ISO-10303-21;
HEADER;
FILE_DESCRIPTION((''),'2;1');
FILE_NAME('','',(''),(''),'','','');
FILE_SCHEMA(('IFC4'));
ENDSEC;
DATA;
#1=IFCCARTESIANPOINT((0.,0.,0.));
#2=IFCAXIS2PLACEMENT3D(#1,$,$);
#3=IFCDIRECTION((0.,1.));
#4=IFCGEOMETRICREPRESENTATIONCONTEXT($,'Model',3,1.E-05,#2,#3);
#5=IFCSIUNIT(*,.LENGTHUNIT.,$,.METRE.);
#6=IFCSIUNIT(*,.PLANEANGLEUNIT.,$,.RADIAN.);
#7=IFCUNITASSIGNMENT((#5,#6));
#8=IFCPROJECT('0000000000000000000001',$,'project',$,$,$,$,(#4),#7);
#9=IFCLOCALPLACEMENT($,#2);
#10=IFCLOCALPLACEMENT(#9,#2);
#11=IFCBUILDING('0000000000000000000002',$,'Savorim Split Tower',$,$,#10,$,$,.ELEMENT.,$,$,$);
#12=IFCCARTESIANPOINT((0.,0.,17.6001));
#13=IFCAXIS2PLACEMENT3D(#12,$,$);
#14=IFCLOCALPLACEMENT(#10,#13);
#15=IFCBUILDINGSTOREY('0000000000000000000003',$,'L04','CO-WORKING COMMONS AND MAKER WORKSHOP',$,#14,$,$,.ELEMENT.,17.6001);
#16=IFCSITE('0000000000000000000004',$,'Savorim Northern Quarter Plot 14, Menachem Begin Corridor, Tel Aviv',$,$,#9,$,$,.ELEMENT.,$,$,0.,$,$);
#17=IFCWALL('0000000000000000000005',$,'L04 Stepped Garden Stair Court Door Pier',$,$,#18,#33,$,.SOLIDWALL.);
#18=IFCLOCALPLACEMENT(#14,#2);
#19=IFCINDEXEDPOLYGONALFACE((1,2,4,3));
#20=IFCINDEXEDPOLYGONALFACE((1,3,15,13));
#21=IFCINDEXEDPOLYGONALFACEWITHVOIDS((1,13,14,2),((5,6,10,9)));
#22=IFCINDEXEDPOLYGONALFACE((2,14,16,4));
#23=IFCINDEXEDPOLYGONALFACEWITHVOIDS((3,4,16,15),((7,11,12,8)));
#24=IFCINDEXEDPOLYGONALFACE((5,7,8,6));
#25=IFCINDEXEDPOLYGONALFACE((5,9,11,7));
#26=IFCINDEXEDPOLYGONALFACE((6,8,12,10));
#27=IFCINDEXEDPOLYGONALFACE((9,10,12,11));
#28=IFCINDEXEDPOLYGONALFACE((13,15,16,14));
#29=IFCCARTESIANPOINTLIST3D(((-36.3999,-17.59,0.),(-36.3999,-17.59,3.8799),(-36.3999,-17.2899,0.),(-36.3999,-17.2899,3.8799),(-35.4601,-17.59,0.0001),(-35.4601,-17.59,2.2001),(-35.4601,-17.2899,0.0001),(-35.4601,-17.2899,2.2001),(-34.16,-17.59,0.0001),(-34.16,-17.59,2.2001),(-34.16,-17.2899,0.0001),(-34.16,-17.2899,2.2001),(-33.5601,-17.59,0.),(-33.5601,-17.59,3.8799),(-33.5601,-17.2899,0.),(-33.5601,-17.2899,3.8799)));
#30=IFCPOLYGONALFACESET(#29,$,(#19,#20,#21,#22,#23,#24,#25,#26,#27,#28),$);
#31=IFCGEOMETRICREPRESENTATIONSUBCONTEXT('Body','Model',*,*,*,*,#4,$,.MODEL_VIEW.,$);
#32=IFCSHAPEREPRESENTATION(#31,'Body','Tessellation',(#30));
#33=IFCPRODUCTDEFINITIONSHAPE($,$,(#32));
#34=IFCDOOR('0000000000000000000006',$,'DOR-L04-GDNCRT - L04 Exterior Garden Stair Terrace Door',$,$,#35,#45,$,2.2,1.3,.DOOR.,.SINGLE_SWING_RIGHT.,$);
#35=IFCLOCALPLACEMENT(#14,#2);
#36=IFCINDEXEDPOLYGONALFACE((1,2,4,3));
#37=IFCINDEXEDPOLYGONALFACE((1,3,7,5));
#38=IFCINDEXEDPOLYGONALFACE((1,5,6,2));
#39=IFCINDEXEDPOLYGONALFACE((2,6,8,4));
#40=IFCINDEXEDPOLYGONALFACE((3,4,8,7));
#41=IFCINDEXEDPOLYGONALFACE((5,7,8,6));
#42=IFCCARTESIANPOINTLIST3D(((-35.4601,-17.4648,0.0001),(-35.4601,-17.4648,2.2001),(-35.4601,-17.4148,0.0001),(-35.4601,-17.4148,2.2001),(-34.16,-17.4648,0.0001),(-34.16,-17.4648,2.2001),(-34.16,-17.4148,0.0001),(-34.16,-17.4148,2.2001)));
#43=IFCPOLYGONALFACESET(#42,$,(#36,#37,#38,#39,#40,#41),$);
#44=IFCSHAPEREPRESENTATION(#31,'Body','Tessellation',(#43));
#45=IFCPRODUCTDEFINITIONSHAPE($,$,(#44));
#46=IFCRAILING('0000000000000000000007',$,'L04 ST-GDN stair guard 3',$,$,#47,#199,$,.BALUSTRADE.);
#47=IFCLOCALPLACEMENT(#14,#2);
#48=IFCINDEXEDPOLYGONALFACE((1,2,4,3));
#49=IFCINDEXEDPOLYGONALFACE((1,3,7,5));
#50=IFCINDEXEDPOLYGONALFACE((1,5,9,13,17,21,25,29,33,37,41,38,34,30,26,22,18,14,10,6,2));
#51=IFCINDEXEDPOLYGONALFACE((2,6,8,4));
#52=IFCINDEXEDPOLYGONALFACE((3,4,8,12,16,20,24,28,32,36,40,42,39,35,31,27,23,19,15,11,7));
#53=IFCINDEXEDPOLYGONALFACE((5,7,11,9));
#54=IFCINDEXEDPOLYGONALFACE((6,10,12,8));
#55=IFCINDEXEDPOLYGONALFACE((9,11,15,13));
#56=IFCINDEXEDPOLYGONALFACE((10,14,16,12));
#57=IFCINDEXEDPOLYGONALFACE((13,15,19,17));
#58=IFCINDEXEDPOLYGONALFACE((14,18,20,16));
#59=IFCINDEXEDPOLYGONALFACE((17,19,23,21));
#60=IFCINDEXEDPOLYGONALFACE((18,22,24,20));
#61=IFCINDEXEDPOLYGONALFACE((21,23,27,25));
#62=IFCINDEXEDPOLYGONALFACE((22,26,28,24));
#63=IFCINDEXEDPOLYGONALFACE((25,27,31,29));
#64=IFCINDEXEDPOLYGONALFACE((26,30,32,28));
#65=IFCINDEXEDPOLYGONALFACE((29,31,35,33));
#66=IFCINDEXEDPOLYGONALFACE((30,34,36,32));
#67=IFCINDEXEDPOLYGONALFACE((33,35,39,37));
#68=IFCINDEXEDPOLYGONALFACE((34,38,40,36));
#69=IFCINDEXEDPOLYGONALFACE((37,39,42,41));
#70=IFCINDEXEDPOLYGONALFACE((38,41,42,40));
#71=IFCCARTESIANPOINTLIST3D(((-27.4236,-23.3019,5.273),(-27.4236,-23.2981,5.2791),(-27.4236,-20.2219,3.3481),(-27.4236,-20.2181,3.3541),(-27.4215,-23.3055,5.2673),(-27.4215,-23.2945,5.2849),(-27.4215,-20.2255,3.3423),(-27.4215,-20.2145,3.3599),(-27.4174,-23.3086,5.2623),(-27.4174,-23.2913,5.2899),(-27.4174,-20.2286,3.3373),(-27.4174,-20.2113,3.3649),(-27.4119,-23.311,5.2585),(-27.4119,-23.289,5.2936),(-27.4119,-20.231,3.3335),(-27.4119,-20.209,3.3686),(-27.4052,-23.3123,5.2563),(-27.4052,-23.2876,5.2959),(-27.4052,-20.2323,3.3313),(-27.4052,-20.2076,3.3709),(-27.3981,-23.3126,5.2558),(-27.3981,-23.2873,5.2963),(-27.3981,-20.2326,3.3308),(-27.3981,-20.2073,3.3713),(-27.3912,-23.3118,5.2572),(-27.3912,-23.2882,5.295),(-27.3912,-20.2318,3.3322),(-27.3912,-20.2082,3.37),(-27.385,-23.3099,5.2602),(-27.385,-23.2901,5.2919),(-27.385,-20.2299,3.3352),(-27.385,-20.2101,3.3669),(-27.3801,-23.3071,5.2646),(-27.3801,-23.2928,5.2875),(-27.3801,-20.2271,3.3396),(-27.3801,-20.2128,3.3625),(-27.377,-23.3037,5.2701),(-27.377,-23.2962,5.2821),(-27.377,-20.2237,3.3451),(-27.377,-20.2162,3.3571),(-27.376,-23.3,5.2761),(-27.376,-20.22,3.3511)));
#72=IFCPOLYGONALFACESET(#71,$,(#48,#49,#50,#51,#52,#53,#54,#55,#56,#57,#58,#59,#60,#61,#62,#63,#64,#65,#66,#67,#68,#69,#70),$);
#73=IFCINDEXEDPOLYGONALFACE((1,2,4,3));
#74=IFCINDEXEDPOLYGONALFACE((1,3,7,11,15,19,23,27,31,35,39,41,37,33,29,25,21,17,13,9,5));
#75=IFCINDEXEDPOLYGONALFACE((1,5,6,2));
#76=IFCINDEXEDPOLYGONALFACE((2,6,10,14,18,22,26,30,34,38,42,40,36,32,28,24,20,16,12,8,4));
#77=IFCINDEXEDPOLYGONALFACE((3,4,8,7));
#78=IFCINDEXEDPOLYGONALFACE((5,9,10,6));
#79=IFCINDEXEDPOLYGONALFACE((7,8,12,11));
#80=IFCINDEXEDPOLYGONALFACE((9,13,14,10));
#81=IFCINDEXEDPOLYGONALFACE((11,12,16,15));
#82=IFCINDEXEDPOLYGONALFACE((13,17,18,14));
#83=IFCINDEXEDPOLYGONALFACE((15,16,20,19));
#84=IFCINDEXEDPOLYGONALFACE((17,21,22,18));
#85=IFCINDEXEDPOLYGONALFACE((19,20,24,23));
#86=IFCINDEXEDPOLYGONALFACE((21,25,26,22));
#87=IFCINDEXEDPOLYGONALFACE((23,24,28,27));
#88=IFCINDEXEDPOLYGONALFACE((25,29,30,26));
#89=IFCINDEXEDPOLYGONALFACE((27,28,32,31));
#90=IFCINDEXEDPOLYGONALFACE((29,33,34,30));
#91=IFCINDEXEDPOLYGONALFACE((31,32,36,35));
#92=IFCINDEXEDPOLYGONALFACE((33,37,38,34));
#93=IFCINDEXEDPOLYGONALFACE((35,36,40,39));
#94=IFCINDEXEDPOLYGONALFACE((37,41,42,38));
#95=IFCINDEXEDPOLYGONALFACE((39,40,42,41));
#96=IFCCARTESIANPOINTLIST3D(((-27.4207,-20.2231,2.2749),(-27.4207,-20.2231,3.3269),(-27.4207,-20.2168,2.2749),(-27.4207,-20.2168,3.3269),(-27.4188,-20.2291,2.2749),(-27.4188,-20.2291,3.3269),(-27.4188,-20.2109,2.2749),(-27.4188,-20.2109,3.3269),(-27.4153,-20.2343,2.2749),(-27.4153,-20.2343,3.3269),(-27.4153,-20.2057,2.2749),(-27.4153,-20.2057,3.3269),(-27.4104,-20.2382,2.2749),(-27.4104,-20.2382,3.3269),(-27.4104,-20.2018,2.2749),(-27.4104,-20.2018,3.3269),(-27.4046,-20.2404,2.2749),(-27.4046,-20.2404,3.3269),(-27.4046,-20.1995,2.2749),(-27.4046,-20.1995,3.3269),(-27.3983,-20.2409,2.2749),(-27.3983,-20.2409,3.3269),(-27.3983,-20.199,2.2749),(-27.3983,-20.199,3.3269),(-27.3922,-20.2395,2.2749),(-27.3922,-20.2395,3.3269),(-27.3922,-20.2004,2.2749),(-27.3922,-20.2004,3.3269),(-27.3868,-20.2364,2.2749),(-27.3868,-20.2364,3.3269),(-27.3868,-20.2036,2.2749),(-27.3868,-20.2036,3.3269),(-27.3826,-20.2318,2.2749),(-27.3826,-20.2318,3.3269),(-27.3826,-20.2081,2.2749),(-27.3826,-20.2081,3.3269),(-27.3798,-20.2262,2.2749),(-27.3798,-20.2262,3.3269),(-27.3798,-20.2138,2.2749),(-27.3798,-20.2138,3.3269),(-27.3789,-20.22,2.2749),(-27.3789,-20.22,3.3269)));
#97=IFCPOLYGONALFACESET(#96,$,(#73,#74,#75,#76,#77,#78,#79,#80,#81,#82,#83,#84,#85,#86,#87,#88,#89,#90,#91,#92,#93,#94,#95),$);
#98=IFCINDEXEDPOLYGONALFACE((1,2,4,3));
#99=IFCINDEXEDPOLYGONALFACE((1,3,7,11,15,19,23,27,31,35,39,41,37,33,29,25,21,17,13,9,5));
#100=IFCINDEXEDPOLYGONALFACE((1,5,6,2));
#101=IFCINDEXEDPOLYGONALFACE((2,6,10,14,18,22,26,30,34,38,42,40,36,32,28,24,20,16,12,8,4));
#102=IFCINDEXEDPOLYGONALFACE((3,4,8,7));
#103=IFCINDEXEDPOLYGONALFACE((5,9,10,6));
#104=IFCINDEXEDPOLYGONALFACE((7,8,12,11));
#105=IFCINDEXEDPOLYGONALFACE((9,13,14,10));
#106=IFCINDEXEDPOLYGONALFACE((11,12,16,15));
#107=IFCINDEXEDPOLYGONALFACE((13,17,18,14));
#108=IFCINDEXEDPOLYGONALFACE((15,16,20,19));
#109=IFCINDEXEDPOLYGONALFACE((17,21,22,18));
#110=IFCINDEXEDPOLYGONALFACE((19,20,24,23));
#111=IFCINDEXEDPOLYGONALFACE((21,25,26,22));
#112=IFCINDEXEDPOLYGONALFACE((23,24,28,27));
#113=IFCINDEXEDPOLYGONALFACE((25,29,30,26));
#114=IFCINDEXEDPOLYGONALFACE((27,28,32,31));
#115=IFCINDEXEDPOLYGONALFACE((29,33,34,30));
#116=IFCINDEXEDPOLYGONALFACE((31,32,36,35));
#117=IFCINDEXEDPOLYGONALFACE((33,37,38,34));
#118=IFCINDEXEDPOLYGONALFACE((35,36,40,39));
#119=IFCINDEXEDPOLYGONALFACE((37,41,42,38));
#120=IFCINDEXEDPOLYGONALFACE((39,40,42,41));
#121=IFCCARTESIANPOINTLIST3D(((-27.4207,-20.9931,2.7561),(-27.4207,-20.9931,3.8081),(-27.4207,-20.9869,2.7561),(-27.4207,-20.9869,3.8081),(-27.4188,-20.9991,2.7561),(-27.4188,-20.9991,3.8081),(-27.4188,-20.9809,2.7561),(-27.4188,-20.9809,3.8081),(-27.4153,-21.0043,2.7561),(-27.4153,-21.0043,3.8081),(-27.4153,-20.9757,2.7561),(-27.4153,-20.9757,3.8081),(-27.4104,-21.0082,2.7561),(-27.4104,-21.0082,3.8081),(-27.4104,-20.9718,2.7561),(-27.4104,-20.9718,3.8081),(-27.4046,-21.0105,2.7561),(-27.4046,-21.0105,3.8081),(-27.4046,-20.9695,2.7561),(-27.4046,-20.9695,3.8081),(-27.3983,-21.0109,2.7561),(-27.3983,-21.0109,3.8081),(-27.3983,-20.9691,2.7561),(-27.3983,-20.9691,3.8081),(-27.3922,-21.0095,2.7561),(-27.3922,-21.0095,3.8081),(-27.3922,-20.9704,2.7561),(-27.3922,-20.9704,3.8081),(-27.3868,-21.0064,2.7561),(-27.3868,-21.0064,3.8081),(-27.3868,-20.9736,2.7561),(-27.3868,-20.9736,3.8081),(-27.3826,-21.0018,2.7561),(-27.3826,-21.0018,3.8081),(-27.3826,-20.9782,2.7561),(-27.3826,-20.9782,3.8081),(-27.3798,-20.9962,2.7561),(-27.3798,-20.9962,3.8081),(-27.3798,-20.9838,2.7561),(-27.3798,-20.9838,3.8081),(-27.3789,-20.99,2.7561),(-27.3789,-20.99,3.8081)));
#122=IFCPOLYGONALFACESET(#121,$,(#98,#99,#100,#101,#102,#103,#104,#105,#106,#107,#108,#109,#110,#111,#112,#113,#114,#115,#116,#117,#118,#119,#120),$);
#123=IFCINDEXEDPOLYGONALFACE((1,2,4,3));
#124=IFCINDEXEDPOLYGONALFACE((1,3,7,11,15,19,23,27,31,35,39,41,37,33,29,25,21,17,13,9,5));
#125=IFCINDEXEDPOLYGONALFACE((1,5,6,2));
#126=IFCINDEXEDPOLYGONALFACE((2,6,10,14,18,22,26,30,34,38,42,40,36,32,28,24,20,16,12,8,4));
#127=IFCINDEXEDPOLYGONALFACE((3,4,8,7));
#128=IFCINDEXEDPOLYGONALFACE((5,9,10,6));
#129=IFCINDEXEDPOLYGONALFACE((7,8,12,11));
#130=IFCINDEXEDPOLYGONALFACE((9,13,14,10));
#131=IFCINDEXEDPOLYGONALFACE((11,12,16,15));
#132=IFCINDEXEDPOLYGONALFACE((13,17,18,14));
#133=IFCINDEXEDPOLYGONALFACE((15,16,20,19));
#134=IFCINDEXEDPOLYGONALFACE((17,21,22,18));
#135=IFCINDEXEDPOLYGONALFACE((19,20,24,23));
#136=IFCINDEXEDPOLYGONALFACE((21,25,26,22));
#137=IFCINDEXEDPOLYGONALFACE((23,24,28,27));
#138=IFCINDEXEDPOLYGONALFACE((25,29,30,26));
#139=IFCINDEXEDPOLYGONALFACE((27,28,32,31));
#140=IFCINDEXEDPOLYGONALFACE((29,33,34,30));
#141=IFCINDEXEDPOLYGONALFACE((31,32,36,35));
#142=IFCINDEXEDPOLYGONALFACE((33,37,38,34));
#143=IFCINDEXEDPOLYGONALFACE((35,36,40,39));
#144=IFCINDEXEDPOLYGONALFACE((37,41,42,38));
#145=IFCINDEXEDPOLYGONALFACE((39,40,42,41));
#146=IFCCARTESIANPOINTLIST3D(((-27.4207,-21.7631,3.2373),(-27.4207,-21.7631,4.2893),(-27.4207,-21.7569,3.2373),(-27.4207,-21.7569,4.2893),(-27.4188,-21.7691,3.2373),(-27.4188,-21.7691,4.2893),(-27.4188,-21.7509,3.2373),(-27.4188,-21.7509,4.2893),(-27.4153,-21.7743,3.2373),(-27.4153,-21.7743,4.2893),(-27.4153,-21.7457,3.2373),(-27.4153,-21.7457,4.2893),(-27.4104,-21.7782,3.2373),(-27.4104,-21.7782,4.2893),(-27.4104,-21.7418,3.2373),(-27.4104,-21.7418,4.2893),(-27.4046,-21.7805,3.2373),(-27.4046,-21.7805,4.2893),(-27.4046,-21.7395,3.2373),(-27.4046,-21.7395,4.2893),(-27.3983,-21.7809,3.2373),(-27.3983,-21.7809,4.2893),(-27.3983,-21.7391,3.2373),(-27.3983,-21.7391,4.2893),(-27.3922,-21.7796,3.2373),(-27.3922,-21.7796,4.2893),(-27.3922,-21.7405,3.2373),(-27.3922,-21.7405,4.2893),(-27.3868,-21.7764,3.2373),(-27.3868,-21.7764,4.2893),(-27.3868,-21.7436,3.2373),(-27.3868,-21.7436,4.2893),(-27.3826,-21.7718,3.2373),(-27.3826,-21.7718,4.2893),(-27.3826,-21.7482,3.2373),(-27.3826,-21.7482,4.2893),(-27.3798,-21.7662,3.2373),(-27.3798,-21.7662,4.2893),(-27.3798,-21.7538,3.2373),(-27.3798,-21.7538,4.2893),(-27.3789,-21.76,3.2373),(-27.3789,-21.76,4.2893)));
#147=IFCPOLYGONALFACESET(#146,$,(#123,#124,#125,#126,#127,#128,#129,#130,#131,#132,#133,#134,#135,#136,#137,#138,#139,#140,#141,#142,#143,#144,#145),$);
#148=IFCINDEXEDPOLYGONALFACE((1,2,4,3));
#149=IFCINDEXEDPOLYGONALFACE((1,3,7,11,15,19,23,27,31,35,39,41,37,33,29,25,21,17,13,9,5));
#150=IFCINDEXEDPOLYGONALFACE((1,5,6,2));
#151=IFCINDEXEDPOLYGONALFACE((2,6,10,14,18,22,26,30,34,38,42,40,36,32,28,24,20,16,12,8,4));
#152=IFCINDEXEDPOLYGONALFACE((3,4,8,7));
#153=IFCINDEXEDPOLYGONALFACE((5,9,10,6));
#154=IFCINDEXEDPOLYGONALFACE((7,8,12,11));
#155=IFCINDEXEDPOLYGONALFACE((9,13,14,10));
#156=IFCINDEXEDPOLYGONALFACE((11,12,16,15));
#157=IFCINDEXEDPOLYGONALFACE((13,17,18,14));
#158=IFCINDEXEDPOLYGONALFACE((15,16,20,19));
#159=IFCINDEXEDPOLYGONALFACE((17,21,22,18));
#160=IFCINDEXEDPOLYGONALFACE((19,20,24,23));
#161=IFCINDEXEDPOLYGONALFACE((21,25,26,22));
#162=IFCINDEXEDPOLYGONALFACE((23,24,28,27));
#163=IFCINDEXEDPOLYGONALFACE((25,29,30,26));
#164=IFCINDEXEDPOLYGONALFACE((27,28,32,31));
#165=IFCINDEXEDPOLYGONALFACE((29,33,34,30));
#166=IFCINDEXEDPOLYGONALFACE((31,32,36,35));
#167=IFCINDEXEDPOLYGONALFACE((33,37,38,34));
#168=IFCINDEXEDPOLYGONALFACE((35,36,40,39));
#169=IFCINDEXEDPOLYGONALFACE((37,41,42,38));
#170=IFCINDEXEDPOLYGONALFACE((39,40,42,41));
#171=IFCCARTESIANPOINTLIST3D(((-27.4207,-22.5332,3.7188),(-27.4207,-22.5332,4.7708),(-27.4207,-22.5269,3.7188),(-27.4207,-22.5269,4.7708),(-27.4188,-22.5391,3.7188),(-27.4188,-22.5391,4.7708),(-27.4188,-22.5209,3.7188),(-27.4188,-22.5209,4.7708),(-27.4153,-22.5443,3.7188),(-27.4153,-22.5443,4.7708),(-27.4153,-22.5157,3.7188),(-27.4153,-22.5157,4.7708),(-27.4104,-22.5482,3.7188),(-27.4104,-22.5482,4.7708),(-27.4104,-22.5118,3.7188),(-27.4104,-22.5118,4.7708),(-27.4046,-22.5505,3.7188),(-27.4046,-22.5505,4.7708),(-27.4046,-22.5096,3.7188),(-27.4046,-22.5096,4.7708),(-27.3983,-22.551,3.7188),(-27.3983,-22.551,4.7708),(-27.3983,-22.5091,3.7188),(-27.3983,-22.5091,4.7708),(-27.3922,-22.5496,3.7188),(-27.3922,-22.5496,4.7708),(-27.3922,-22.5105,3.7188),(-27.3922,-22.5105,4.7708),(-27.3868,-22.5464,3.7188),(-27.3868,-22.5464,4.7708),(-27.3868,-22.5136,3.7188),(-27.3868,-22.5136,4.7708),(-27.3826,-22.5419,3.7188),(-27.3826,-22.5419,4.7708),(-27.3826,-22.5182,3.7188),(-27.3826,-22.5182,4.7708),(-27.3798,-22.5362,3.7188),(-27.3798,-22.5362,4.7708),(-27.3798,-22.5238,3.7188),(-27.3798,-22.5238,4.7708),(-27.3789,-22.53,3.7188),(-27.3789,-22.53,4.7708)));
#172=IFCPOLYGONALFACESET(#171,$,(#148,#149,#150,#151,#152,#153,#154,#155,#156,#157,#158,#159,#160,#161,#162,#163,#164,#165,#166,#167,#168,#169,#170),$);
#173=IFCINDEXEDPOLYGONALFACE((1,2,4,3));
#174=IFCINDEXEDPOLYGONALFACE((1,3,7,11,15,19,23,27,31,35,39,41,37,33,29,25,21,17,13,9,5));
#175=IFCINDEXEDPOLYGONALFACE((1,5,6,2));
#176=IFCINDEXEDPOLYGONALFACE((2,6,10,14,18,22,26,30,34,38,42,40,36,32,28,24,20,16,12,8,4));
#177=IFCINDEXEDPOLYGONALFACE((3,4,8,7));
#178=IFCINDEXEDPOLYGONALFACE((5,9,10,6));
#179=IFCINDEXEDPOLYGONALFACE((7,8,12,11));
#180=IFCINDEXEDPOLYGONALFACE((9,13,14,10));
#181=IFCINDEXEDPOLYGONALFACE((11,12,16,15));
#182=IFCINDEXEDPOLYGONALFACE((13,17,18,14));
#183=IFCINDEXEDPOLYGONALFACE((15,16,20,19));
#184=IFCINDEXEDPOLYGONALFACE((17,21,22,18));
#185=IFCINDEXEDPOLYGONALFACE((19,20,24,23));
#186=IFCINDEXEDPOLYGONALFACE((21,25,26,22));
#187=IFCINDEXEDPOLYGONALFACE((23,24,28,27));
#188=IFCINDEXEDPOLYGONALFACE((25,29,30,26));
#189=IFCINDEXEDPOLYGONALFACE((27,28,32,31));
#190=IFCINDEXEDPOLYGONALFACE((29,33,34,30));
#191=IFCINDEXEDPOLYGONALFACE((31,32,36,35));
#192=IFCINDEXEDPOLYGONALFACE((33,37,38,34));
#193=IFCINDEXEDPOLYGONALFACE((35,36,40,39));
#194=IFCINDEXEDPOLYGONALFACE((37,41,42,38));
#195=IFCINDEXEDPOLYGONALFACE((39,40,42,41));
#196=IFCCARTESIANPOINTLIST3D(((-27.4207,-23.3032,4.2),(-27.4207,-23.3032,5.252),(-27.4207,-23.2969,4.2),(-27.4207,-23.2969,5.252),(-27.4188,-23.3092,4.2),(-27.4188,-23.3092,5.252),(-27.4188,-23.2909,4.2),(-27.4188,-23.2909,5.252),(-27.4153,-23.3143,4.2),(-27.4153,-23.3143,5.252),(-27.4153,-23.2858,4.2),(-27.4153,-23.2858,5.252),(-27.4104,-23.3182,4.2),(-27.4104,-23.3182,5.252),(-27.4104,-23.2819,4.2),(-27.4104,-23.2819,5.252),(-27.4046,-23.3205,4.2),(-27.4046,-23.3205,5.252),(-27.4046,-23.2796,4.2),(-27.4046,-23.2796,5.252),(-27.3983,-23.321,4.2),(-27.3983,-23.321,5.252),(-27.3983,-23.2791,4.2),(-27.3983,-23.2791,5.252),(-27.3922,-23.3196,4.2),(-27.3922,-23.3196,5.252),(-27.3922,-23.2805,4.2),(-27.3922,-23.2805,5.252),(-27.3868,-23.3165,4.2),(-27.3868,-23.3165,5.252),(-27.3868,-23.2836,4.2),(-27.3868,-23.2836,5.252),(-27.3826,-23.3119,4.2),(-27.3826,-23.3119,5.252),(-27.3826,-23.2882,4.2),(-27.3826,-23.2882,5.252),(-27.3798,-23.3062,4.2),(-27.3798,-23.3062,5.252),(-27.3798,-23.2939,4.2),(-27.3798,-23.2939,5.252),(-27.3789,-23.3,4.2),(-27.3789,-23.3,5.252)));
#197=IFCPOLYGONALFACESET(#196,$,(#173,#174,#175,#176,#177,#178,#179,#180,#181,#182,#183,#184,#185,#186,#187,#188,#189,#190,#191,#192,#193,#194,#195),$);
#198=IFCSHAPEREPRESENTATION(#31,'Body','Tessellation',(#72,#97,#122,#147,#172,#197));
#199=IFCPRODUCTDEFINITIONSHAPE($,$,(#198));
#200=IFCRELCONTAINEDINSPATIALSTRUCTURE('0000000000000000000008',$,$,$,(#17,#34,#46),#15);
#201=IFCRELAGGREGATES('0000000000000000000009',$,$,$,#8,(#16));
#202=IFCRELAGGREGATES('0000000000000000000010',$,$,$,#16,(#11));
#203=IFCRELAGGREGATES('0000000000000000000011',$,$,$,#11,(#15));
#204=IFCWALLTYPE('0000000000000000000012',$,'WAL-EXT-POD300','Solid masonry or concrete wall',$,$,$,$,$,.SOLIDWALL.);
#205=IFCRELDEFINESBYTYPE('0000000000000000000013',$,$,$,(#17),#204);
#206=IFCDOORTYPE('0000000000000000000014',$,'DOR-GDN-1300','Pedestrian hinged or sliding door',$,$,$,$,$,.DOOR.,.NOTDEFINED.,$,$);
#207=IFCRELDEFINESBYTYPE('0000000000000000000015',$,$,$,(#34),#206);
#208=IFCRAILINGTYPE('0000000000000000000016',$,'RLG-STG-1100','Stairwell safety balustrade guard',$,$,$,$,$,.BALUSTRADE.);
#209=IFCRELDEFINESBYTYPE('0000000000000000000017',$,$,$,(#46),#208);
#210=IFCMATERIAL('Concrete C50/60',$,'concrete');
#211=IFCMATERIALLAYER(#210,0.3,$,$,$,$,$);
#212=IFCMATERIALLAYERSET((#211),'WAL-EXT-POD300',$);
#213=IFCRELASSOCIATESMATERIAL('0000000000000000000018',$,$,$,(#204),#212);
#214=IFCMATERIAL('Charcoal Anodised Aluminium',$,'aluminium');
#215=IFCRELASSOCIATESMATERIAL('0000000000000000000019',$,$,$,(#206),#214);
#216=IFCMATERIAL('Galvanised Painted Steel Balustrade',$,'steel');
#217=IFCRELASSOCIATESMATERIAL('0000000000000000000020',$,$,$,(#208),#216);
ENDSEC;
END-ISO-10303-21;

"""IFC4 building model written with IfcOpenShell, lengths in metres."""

from ifc_helpers import new_model, si_unit, direction, frame, frame_2d, origin, origin_2d, place, context, subcontext, project, spatial, rectangle, circle, extrude, material, layer, layer_set, type_object, element, fill, save


model = new_model("IFC4")

# Units and contexts
model_context = context("Model", 3, precision=1e-05, world=origin(), true_north=direction((0.0, 1.0)))
body_context = subcontext(model_context, "Body", "Model", "MODEL_VIEW")
ifc_project = project(units=[si_unit("LENGTHUNIT", "METRE"), si_unit("PLANEANGLEUNIT", "RADIAN")], contexts=[model_context])

# Site, building, storey
site_placement = place(None, origin())
site = spatial("IfcSite", under=ifc_project, at=site_placement, Name="Savorim Northern Quarter Plot 14, Menachem Begin Corridor, Tel Aviv", CompositionType="ELEMENT", RefElevation=0.0)
building_placement = place(site_placement, origin())
building = spatial("IfcBuilding", under=site, at=building_placement, Name="Savorim Split Tower", CompositionType="ELEMENT")
storey_placement = place(building_placement, frame((0.0, 0.0, 17.6001)))
storey = spatial("IfcBuildingStorey", under=building, at=storey_placement, Name="L04", Description="CO-WORKING COMMONS AND MAKER WORKSHOP", CompositionType="ELEMENT", Elevation=17.6001)

# Shared definitions
ifc_material_1 = material(Name="Charcoal Anodised Aluminium", Category="aluminium")

# Wall, opening, door
ifc_material_2 = material(Name="Concrete C50/60", Category="concrete")
ifc_layer_1 = layer(ifc_material_2, 0.3)
ifc_layer_set_1 = layer_set([ifc_layer_1], Name="WAL-EXT-POD300")
wall_type = type_object("IfcWallType", Name="WAL-EXT-POD300", Description="Solid masonry or concrete wall", PredefinedType="SOLIDWALL", material=ifc_layer_set_1)
wall_placement = place(storey_placement, frame((-33.5601, -17.4399, 0.0), z_axis=(0.0, 0.0, 1.0), x_axis=(-1.0, 0.0, 0.0)))
wall = element("IfcWall", 1, at=wall_placement, inside=storey, type_object=wall_type, Name="L04 Stepped Garden Stair Court Door Pier", PredefinedType="SOLIDWALL", context=body_context, shape_type="SweptSolid", body=[
    extrude(rectangle(XDim=2.8398, YDim=0.3, at=frame_2d((1.4199, 0.0))), origin(), (0.0, 0.0, 1.0), 3.8799),
])
opening_placement = place(wall_placement, frame((0.6001, 0.0, 0.0)))
opening = element("IfcOpeningElement", 2, at=opening_placement, cuts=wall, PredefinedType="OPENING", context=body_context, shape_type="SweptSolid", body=[
    extrude(rectangle(XDim=1.3, YDim=2.2, at=frame_2d((0.6499, 1.1001))), frame((0.0, 0.1599, 0.0), z_axis=(0.0, -1.0, 0.0), x_axis=(1.0, 0.0, 0.0)), (0.0, 0.0, 1.0), 0.3201),
])
door_type = type_object("IfcDoorType", Name="DOR-GDN-1300", Description="Pedestrian hinged or sliding door", OperationType="NOTDEFINED", PredefinedType="DOOR", material=ifc_material_1)
door_placement = place(opening_placement, origin())
door = element("IfcDoor", 3, at=door_placement, inside=storey, type_object=door_type, Name="DOR-L04-GDNCRT - L04 Exterior Garden Stair Terrace Door", OperationType="SINGLE_SWING_RIGHT", OverallHeight=2.2, OverallWidth=1.3, PredefinedType="DOOR", context=body_context, shape_type="SweptSolid", body=[
    extrude(rectangle(XDim=1.3, YDim=2.2, at=frame_2d((0.6499, 1.1001))), frame((0.0, 0.0249, 0.0), z_axis=(0.0, -1.0, 0.0), x_axis=(1.0, 0.0, 0.0)), (0.0, 0.0, 1.0), 0.05),
])
fill(opening, door)

# Railing
ifc_material_3 = material(Name="Galvanised Painted Steel Balustrade", Category="steel")
railing_type = type_object("IfcRailingType", Name="RLG-STG-1100", Description="Stairwell safety balustrade guard", PredefinedType="BALUSTRADE", material=ifc_material_3)
railing_placement = place(storey_placement, frame((-27.3999, -20.22, 2.2749)))
element("IfcRailing", 4, at=railing_placement, inside=storey, type_object=railing_type, Name="L04 ST-GDN stair guard 3", PredefinedType="BALUSTRADE", context=body_context, shape_type="SweptSolid", body=[
    extrude(circle(Radius=0.0239, at=origin_2d()), frame((0.0, 0.0, 1.0762), z_axis=(0.0, -0.847998, 0.529999), x_axis=(1.0, 0.0, 0.0)), (0.0, 0.0, 1.0), 3.6321),
    extrude(circle(Radius=0.021, at=origin_2d()), origin(), (0.0, 0.0, 1.0), 1.052),
    extrude(circle(Radius=0.021, at=origin_2d()), frame((0.0, -0.77, 0.4812)), (0.0, 0.0, 1.0), 1.052),
    extrude(circle(Radius=0.021, at=origin_2d()), frame((0.0, -1.54, 0.9624)), (0.0, 0.0, 1.0), 1.052),
    extrude(circle(Radius=0.021, at=origin_2d()), frame((0.0, -2.3101, 1.4438)), (0.0, 0.0, 1.0), 1.052),
    extrude(circle(Radius=0.021, at=origin_2d()), frame((0.0, -3.0801, 1.925)), (0.0, 0.0, 1.0), 1.052),
])

save(model, "model.ifc")
